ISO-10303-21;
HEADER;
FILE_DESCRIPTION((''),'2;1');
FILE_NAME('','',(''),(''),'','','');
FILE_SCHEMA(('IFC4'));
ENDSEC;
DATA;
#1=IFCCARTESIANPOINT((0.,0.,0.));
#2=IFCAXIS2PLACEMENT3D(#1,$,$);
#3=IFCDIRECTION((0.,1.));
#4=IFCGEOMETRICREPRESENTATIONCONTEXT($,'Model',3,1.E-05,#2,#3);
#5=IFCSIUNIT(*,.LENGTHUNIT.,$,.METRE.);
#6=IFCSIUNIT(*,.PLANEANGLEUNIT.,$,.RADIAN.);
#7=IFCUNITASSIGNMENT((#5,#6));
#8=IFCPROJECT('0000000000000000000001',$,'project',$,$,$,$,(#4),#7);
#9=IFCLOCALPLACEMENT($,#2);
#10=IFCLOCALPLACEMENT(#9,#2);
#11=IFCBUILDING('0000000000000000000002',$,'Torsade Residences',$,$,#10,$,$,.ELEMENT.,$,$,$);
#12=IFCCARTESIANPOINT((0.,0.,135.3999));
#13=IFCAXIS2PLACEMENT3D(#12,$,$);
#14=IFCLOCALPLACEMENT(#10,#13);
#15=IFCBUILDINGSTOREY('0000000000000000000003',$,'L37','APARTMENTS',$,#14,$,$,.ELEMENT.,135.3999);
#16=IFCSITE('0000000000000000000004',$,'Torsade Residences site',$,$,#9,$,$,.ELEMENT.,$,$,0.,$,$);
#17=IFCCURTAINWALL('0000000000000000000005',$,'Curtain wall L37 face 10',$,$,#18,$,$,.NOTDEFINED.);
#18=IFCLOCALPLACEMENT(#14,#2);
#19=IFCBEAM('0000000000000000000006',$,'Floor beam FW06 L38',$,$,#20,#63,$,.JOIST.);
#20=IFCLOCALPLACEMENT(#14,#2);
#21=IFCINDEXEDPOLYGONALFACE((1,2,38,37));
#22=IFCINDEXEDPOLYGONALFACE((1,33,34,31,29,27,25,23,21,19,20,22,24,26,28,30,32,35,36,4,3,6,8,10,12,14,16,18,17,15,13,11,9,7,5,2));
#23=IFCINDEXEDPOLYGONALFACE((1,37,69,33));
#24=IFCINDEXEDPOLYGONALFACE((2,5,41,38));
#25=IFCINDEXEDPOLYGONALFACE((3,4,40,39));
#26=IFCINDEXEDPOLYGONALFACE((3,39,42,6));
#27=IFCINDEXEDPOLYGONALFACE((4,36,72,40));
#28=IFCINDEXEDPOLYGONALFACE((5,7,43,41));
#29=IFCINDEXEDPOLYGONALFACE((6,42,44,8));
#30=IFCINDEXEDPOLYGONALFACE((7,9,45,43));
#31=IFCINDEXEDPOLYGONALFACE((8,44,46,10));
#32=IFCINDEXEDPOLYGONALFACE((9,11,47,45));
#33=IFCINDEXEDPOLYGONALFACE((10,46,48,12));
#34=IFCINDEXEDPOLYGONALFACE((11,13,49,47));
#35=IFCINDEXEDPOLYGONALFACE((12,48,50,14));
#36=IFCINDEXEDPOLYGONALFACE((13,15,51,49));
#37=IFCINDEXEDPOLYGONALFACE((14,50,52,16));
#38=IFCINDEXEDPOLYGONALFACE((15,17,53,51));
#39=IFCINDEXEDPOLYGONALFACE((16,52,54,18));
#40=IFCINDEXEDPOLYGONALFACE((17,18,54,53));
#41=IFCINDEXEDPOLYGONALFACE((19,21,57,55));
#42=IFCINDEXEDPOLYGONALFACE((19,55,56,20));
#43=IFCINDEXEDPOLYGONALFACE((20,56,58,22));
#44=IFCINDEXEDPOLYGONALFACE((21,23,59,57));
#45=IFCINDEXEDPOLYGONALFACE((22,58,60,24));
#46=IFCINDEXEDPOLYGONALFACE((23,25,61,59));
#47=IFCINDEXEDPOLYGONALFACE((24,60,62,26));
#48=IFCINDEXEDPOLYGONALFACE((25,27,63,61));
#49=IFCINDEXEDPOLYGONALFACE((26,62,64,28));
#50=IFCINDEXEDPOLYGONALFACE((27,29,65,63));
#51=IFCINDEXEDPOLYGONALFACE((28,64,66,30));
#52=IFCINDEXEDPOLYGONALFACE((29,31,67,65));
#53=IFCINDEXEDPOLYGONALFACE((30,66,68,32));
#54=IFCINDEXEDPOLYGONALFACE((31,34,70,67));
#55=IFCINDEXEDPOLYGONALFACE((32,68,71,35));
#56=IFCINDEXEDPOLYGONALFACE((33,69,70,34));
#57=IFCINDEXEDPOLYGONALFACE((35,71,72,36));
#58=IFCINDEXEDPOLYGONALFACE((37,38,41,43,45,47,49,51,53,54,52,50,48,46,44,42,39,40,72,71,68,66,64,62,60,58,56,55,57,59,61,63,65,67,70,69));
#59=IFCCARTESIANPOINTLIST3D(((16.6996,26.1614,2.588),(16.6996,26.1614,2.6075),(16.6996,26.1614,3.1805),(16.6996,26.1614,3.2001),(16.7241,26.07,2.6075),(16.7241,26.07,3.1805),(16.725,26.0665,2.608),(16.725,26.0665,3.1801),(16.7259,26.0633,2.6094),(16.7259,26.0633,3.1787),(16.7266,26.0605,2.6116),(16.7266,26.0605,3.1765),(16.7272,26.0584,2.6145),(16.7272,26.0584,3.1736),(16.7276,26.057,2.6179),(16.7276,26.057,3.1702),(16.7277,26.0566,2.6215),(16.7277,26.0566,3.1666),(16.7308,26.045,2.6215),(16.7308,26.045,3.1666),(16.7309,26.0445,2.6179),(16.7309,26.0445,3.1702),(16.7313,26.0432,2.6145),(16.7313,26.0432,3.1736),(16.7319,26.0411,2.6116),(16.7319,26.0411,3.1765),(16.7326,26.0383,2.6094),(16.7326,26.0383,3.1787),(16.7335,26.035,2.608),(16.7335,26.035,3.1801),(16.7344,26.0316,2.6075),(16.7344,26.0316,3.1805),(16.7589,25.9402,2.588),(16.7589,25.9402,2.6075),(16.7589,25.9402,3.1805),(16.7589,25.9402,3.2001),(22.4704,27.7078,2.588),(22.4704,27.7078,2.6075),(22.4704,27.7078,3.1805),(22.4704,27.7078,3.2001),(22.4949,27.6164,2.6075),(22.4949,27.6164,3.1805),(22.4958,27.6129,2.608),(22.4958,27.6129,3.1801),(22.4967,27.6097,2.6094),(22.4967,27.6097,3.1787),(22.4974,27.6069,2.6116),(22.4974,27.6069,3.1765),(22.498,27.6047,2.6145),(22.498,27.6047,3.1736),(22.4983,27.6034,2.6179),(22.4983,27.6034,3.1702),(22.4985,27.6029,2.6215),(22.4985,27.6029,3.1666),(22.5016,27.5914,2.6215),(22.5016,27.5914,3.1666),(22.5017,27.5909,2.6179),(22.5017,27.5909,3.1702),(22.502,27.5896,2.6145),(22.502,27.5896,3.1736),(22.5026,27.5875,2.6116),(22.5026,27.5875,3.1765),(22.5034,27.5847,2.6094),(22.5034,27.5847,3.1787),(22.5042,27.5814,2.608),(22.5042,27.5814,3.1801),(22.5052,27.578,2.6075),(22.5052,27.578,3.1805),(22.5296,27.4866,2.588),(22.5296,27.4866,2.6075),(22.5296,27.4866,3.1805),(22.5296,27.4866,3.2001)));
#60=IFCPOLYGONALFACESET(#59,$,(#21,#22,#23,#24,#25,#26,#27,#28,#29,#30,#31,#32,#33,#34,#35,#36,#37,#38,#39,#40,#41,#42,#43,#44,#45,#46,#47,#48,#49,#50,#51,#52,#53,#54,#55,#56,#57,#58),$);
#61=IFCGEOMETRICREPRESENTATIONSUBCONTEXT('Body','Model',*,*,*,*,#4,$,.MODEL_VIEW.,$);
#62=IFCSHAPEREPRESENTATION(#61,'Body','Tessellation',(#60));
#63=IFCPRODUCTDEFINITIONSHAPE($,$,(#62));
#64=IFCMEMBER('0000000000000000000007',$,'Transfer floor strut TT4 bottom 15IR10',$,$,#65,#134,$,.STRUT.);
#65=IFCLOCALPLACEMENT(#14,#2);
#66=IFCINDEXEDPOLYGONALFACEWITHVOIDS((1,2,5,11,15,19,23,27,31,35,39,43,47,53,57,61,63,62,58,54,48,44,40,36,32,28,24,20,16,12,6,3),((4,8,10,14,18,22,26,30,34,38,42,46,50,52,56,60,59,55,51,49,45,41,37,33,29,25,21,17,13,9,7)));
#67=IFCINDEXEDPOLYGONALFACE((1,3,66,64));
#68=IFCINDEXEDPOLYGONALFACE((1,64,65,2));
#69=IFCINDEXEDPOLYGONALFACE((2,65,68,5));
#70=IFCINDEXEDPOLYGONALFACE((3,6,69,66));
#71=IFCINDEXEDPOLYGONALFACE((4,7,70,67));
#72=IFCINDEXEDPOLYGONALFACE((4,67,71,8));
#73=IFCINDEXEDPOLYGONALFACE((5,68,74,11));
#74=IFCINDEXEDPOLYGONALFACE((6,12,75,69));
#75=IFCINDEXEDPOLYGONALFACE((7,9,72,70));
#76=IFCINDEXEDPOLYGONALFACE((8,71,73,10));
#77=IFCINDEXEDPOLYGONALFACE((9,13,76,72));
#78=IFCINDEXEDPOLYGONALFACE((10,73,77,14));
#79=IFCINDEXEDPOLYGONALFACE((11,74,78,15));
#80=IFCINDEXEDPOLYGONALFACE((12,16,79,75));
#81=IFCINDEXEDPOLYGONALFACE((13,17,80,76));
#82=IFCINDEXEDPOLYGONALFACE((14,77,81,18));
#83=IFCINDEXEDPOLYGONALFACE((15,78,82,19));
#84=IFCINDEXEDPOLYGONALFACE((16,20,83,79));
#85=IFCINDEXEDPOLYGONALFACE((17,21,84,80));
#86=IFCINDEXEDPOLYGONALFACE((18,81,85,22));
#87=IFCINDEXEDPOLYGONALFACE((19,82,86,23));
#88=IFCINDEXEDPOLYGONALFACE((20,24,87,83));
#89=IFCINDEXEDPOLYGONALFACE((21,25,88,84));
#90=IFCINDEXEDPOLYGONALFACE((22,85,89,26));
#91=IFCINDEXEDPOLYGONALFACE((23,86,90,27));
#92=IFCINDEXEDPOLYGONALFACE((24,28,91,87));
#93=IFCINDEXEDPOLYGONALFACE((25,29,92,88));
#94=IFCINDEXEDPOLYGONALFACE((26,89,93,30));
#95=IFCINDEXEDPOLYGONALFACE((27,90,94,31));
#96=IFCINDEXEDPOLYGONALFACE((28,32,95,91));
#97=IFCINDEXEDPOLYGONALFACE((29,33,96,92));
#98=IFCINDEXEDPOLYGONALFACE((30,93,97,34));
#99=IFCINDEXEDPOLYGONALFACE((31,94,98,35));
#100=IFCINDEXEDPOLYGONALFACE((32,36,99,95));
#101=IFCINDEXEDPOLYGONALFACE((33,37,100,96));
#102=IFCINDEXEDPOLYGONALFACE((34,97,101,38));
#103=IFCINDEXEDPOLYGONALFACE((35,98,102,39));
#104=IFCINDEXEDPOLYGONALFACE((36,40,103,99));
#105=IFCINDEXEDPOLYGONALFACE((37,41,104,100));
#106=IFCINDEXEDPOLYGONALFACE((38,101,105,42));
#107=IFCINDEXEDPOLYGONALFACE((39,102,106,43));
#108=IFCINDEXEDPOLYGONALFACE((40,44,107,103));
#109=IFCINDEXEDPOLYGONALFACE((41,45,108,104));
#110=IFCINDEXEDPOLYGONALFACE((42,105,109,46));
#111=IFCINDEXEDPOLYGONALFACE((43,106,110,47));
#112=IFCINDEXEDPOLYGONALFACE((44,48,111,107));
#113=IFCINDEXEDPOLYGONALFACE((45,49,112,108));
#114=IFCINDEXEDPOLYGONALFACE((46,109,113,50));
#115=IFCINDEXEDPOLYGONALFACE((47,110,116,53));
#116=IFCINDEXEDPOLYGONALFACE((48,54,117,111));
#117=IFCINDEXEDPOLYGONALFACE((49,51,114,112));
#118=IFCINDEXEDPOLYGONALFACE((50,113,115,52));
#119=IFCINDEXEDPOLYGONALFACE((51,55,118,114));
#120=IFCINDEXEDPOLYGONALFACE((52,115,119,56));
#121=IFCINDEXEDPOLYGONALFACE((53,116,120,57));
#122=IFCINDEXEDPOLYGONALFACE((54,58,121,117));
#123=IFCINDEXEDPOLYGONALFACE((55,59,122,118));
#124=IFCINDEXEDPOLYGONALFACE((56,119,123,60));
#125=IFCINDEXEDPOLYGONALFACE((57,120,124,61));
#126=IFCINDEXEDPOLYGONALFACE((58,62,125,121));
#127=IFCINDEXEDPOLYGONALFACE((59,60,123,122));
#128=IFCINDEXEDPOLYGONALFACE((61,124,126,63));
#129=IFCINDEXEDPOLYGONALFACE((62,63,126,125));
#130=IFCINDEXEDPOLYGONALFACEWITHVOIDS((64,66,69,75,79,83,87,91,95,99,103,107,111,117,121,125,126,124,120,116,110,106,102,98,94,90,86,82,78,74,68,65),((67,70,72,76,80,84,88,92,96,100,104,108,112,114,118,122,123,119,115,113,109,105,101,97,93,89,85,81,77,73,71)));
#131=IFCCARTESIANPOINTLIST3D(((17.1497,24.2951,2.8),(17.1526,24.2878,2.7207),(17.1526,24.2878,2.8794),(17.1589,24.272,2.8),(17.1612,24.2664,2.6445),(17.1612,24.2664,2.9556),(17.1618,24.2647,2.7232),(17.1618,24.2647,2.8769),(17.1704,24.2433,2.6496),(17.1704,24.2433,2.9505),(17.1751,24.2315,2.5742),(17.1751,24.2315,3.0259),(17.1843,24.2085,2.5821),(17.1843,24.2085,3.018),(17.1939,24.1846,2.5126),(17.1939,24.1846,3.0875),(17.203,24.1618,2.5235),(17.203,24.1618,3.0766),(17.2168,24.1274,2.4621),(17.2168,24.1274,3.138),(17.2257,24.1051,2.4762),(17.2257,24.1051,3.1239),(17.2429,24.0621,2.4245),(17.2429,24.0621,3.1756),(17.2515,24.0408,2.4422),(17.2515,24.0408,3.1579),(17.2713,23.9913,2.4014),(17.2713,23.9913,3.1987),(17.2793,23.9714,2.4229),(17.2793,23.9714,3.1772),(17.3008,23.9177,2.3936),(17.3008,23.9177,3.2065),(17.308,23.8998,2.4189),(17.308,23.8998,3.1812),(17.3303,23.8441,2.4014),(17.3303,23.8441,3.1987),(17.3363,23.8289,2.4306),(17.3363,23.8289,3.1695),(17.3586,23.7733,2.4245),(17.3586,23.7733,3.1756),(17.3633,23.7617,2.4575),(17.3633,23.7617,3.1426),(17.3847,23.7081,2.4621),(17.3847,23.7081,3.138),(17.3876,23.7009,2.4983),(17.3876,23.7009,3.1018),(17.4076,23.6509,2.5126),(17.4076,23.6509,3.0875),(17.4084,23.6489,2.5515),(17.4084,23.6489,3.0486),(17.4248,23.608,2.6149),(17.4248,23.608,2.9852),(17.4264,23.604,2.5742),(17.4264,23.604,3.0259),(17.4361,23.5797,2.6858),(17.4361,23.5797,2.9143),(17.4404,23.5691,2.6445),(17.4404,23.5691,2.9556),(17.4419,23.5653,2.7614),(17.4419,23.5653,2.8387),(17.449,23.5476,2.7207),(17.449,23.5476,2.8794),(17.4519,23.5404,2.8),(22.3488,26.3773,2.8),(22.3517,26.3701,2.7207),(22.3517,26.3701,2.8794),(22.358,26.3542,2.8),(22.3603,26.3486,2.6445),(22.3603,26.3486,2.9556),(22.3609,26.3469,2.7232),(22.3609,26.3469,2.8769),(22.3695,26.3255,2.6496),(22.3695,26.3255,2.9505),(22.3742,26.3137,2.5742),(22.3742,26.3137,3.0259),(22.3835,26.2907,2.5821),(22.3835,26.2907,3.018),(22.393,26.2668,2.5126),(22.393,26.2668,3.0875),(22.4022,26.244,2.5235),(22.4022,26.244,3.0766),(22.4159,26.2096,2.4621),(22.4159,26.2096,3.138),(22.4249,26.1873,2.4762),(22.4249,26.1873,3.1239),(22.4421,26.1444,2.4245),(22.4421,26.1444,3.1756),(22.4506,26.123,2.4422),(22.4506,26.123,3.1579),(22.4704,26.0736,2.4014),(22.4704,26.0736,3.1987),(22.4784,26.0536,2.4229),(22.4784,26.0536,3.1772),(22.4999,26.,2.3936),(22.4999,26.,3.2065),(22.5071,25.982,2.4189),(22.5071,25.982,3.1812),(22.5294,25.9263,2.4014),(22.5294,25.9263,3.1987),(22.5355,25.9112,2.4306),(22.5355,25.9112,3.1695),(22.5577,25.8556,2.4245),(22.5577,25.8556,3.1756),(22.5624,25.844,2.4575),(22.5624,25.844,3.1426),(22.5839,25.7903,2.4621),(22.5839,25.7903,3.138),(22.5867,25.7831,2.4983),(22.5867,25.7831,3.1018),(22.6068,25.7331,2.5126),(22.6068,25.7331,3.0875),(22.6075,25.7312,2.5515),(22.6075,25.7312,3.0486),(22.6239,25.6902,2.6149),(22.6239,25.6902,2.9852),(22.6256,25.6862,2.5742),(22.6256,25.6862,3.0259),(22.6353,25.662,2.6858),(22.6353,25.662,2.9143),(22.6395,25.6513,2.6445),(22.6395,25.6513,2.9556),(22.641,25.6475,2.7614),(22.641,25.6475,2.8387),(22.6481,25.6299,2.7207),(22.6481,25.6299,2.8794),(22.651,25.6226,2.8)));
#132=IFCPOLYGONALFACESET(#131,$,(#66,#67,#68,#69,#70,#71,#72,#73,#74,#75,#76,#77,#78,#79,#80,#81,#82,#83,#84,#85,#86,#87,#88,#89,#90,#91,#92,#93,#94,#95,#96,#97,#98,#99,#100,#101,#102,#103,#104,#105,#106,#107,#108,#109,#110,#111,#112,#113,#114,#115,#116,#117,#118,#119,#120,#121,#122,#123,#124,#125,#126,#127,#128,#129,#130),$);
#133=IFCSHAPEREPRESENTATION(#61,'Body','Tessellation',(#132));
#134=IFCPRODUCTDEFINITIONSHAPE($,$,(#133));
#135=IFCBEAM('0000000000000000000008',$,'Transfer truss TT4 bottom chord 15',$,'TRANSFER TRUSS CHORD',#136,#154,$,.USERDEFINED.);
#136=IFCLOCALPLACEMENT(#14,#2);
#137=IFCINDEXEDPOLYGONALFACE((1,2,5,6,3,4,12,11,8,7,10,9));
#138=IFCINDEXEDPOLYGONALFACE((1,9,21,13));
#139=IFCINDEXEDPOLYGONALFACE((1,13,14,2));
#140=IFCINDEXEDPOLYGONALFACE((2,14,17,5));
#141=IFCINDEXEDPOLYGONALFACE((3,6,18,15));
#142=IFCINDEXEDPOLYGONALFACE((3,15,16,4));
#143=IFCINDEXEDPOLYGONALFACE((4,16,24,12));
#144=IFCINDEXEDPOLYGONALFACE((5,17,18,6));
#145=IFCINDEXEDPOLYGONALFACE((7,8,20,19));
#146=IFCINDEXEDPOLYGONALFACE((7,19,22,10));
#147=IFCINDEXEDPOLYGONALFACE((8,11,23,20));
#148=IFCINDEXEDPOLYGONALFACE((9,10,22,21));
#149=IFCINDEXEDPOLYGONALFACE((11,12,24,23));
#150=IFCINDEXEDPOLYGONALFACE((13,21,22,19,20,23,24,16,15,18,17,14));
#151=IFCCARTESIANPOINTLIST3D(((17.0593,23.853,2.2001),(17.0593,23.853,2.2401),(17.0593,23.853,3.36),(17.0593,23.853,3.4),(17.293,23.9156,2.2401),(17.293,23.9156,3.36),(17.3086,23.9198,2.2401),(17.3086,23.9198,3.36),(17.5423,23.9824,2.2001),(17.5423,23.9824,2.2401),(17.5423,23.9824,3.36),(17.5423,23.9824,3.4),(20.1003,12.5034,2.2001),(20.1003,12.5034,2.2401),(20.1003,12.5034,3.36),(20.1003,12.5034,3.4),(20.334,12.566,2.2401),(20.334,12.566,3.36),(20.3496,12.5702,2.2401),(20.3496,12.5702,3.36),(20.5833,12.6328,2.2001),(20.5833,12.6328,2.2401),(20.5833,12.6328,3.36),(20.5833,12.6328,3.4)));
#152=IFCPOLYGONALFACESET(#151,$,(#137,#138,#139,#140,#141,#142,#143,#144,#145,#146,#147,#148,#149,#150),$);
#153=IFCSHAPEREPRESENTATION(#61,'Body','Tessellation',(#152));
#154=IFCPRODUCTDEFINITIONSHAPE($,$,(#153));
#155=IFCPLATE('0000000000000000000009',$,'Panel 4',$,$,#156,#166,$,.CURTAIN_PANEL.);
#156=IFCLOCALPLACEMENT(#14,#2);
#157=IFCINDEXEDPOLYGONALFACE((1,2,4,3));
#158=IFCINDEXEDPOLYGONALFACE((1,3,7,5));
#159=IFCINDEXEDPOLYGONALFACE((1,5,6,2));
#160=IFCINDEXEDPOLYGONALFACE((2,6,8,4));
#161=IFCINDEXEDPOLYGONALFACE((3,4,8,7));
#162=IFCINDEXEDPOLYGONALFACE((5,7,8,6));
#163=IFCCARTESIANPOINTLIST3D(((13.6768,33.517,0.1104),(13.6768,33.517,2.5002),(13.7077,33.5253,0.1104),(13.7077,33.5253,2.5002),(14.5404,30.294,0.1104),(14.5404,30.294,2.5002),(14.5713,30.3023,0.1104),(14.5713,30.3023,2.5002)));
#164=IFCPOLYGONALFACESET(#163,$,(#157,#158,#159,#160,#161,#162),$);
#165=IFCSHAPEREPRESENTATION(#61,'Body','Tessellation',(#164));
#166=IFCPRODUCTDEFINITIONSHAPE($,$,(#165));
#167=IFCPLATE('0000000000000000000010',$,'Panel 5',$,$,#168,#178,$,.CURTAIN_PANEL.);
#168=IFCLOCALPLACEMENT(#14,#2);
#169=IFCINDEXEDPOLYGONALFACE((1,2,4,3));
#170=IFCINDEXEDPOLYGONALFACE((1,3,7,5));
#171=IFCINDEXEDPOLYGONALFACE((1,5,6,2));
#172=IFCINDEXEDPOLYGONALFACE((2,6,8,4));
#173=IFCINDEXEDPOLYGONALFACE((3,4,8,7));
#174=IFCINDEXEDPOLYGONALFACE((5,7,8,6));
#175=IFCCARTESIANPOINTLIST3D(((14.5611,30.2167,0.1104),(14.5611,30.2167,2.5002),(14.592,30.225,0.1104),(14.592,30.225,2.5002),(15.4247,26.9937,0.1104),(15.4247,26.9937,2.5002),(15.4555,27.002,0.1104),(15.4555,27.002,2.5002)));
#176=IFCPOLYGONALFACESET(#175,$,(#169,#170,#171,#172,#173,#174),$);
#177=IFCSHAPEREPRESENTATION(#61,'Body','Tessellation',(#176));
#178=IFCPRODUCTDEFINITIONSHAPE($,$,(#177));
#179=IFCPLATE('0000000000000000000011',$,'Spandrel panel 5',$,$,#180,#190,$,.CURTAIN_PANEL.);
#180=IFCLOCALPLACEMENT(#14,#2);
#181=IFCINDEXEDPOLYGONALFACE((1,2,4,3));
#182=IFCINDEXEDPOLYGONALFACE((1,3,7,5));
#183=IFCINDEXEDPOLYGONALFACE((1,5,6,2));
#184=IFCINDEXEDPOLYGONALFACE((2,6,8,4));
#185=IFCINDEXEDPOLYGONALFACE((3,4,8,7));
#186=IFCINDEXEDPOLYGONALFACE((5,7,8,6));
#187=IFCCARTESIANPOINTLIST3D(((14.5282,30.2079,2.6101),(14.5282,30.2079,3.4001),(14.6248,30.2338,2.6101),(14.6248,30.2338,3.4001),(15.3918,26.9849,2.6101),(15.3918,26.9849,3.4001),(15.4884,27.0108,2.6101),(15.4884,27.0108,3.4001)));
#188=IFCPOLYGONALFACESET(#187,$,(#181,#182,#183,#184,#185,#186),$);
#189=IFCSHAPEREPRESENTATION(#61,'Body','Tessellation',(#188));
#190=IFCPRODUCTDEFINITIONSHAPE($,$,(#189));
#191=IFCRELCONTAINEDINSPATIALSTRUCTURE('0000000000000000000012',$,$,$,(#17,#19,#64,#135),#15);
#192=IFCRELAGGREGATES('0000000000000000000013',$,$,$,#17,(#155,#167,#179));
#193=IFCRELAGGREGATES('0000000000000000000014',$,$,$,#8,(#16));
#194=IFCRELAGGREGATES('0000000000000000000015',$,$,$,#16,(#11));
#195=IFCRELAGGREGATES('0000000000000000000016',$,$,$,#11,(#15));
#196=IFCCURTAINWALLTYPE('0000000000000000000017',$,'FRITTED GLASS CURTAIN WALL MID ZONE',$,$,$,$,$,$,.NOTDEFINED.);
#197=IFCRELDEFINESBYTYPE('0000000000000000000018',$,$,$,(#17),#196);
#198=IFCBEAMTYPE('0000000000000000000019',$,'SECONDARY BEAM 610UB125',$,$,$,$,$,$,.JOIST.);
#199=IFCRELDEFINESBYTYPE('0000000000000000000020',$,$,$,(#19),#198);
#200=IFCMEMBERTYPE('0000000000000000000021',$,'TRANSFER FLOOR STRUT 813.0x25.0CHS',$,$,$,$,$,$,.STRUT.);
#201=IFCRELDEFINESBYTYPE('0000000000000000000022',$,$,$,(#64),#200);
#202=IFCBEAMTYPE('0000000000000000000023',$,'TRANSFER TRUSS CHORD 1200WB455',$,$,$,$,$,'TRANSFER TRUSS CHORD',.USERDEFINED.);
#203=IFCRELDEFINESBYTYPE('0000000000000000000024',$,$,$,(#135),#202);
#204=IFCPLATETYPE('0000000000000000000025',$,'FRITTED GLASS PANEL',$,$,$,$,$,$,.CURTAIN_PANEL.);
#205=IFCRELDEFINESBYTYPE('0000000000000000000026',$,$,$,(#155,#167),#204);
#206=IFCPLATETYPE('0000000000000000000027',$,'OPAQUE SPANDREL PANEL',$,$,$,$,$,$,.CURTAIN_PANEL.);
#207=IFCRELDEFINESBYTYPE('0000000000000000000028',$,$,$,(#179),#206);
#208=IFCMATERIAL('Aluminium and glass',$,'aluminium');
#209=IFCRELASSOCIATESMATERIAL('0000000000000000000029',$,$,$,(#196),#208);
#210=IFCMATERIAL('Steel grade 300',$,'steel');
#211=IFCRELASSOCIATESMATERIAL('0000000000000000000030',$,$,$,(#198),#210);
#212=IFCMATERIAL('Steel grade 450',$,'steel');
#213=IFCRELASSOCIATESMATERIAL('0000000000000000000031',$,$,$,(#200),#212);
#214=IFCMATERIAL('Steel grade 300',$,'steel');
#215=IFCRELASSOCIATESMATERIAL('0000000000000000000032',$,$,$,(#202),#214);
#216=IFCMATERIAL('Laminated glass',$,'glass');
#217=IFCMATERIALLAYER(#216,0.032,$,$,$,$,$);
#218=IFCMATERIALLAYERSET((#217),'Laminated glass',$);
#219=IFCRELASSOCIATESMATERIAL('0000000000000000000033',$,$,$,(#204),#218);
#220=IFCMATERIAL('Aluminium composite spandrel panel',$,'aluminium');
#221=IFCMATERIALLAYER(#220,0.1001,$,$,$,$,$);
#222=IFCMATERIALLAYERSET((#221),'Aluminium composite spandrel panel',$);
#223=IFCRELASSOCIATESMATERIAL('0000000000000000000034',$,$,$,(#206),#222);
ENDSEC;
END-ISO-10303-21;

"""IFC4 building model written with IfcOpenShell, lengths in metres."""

from ifc_helpers import new_model, si_unit, direction, frame, origin, origin_2d, place, context, subcontext, project, spatial, rectangle, hollow_circle, i_section, extrude, material, layer, layer_set, material_profile, profile_set, type_object, element, aggregate, save


model = new_model("IFC4")

# Units and contexts
model_context = context("Model", 3, precision=1e-05, world=origin(), true_north=direction((0.0, 1.0)))
body_context = subcontext(model_context, "Body", "Model", "MODEL_VIEW")
ifc_project = project(units=[si_unit("LENGTHUNIT", "METRE"), si_unit("PLANEANGLEUNIT", "RADIAN")], contexts=[model_context])

# Site, building, storey
site_placement = place(None, origin())
site = spatial("IfcSite", under=ifc_project, at=site_placement, Name="Torsade Residences site", CompositionType="ELEMENT", RefElevation=0.0)
building_placement = place(site_placement, origin())
building = spatial("IfcBuilding", under=site, at=building_placement, Name="Torsade Residences", CompositionType="ELEMENT")
storey_placement = place(building_placement, frame((0.0, 0.0, 135.3999)))
storey = spatial("IfcBuildingStorey", under=building, at=storey_placement, Name="L37", Description="APARTMENTS", CompositionType="ELEMENT", Elevation=135.3999)

# Curtain wall
ifc_material_1 = material(Name="Aluminium and glass", Category="aluminium")
curtain_wall_type = type_object("IfcCurtainWallType", Name="FRITTED GLASS CURTAIN WALL MID ZONE", PredefinedType="NOTDEFINED", material=ifc_material_1)
curtain_wall_placement = place(storey_placement, origin())
curtain_wall = element("IfcCurtainWall", 1, at=curtain_wall_placement, inside=storey, type_object=curtain_wall_type, Name="Curtain wall L37 face 10", PredefinedType="NOTDEFINED")

# Beam
ifc_material_2 = material(Name="Steel grade 300", Category="steel")
ifc_material_profile_1 = material_profile(ifc_material_2, i_section(OverallWidth=0.229, OverallDepth=0.6121, WebThickness=0.012, FlangeThickness=0.0195, FilletRadius=0.0139, at=origin_2d()), Name="610UB125")
ifc_profile_set_1 = profile_set([ifc_material_profile_1], Name="Steel grade 300")
beam_type_1 = type_object("IfcBeamType", Name="SECONDARY BEAM 610UB125", PredefinedType="JOIST", material=ifc_profile_set_1)
beam_1_placement = place(storey_placement, frame((16.7292, 26.0508, 2.894), z_axis=(0.965921, 0.258838, 0.0), x_axis=(-0.258838, 0.965921, 0.0)))
element("IfcBeam", 2, at=beam_1_placement, inside=storey, type_object=beam_type_1, Name="Floor beam FW06 L38", PredefinedType="JOIST", context=body_context, shape_type="SweptSolid", body=[
    extrude(i_section(OverallWidth=0.229, OverallDepth=0.6121, WebThickness=0.012, FlangeThickness=0.0195, FilletRadius=0.0139, at=origin_2d()), origin(), (0.0, 0.0, 1.0), 5.9744),
])

# Member
ifc_material_3 = material(Name="Steel grade 450", Category="steel")
ifc_material_profile_2 = material_profile(ifc_material_3, hollow_circle(Radius=0.4065, WallThickness=0.0249, at=origin_2d()), Name="813.0x25.0CHS")
ifc_profile_set_2 = profile_set([ifc_material_profile_2], Name="Steel grade 450")
member_type_1 = type_object("IfcMemberType", Name="TRANSFER FLOOR STRUT 813.0x25.0CHS", PredefinedType="STRUT", material=ifc_profile_set_2)
member_1_placement = place(storey_placement, frame((17.3008, 23.9177, 2.8), z_axis=(0.928317, 0.371789, 0.0), x_axis=(-0.371789, 0.928317, 0.0)))
element("IfcMember", 3, at=member_1_placement, inside=storey, type_object=member_type_1, Name="Transfer floor strut TT4 bottom 15IR10", PredefinedType="STRUT", context=body_context, shape_type="SweptSolid", body=[
    extrude(hollow_circle(Radius=0.4065, WallThickness=0.0249, at=origin_2d()), origin(), (0.0, 0.0, 1.0), 5.6006),
])

# Beam
ifc_material_4 = material(Name="Steel grade 300", Category="steel")
ifc_material_profile_3 = material_profile(ifc_material_4, i_section(OverallWidth=0.5, OverallDepth=1.2, WebThickness=0.0161, FlangeThickness=0.04, at=origin_2d()), Name="1200WB455")
ifc_profile_set_3 = profile_set([ifc_material_profile_3], Name="Steel grade 300")
beam_type_2 = type_object("IfcBeamType", Name="TRANSFER TRUSS CHORD 1200WB455", ElementType="TRANSFER TRUSS CHORD", PredefinedType="USERDEFINED", material=ifc_profile_set_3)
beam_2_placement = place(storey_placement, frame((17.3008, 23.9177, 2.8), z_axis=(0.258811, -0.965928, 0.0), x_axis=(0.965928, 0.258811, 0.0)))
element("IfcBeam", 4, at=beam_2_placement, inside=storey, type_object=beam_type_2, Name="Transfer truss TT4 bottom chord 15", ObjectType="TRANSFER TRUSS CHORD", PredefinedType="USERDEFINED", context=body_context, shape_type="SweptSolid", body=[
    extrude(i_section(OverallWidth=0.5, OverallDepth=1.2, WebThickness=0.0161, FlangeThickness=0.04, at=origin_2d()), origin(), (0.0, 0.0, 1.0), 11.75),
])

# Plates
ifc_material_5 = material(Name="Laminated glass", Category="glass")
ifc_layer_1 = layer(ifc_material_5, 0.032)
ifc_layer_set_1 = layer_set([ifc_layer_1], Name="Laminated glass")
plate_type_1 = type_object("IfcPlateType", Name="FRITTED GLASS PANEL", PredefinedType="CURTAIN_PANEL", material=ifc_layer_set_1)
plate_1_placement = place(storey_placement, frame((14.124, 31.9097, 0.1104), z_axis=(0.0, 0.0, 1.0), x_axis=(0.258819, -0.965926, 0.0)))
plate_1 = element("IfcPlate", 5, at=plate_1_placement, type_object=plate_type_1, Name="Panel 4", PredefinedType="CURTAIN_PANEL", context=body_context, shape_type="SweptSolid", body=[
    extrude(rectangle(XDim=3.3367, YDim=0.032, at=origin_2d()), origin(), (0.0, 0.0, 1.0), 2.3899),
])
plate_2_placement = place(storey_placement, frame((15.0083, 28.6094, 0.1104), z_axis=(0.0, 0.0, 1.0), x_axis=(0.258819, -0.965926, 0.0)))
plate_2 = element("IfcPlate", 6, at=plate_2_placement, type_object=plate_type_1, Name="Panel 5", PredefinedType="CURTAIN_PANEL", context=body_context, shape_type="SweptSolid", body=[
    extrude(rectangle(XDim=3.3367, YDim=0.032, at=origin_2d()), origin(), (0.0, 0.0, 1.0), 2.3899),
])
ifc_material_6 = material(Name="Aluminium composite spandrel panel", Category="aluminium")
ifc_layer_2 = layer(ifc_material_6, 0.1001)
ifc_layer_set_2 = layer_set([ifc_layer_2], Name="Aluminium composite spandrel panel")
plate_type_2 = type_object("IfcPlateType", Name="OPAQUE SPANDREL PANEL", PredefinedType="CURTAIN_PANEL", material=ifc_layer_set_2)
plate_3_placement = place(storey_placement, frame((15.0083, 28.6094, 2.6101), z_axis=(0.0, 0.0, 1.0), x_axis=(0.258819, -0.965926, 0.0)))
plate_3 = element("IfcPlate", 7, at=plate_3_placement, type_object=plate_type_2, Name="Spandrel panel 5", PredefinedType="CURTAIN_PANEL", context=body_context, shape_type="SweptSolid", body=[
    extrude(rectangle(XDim=3.3367, YDim=0.1001, at=origin_2d()), origin(), (0.0, 0.0, 1.0), 0.79),
])
aggregate(curtain_wall, [plate_1, plate_2, plate_3])

save(model, "model.ifc")
